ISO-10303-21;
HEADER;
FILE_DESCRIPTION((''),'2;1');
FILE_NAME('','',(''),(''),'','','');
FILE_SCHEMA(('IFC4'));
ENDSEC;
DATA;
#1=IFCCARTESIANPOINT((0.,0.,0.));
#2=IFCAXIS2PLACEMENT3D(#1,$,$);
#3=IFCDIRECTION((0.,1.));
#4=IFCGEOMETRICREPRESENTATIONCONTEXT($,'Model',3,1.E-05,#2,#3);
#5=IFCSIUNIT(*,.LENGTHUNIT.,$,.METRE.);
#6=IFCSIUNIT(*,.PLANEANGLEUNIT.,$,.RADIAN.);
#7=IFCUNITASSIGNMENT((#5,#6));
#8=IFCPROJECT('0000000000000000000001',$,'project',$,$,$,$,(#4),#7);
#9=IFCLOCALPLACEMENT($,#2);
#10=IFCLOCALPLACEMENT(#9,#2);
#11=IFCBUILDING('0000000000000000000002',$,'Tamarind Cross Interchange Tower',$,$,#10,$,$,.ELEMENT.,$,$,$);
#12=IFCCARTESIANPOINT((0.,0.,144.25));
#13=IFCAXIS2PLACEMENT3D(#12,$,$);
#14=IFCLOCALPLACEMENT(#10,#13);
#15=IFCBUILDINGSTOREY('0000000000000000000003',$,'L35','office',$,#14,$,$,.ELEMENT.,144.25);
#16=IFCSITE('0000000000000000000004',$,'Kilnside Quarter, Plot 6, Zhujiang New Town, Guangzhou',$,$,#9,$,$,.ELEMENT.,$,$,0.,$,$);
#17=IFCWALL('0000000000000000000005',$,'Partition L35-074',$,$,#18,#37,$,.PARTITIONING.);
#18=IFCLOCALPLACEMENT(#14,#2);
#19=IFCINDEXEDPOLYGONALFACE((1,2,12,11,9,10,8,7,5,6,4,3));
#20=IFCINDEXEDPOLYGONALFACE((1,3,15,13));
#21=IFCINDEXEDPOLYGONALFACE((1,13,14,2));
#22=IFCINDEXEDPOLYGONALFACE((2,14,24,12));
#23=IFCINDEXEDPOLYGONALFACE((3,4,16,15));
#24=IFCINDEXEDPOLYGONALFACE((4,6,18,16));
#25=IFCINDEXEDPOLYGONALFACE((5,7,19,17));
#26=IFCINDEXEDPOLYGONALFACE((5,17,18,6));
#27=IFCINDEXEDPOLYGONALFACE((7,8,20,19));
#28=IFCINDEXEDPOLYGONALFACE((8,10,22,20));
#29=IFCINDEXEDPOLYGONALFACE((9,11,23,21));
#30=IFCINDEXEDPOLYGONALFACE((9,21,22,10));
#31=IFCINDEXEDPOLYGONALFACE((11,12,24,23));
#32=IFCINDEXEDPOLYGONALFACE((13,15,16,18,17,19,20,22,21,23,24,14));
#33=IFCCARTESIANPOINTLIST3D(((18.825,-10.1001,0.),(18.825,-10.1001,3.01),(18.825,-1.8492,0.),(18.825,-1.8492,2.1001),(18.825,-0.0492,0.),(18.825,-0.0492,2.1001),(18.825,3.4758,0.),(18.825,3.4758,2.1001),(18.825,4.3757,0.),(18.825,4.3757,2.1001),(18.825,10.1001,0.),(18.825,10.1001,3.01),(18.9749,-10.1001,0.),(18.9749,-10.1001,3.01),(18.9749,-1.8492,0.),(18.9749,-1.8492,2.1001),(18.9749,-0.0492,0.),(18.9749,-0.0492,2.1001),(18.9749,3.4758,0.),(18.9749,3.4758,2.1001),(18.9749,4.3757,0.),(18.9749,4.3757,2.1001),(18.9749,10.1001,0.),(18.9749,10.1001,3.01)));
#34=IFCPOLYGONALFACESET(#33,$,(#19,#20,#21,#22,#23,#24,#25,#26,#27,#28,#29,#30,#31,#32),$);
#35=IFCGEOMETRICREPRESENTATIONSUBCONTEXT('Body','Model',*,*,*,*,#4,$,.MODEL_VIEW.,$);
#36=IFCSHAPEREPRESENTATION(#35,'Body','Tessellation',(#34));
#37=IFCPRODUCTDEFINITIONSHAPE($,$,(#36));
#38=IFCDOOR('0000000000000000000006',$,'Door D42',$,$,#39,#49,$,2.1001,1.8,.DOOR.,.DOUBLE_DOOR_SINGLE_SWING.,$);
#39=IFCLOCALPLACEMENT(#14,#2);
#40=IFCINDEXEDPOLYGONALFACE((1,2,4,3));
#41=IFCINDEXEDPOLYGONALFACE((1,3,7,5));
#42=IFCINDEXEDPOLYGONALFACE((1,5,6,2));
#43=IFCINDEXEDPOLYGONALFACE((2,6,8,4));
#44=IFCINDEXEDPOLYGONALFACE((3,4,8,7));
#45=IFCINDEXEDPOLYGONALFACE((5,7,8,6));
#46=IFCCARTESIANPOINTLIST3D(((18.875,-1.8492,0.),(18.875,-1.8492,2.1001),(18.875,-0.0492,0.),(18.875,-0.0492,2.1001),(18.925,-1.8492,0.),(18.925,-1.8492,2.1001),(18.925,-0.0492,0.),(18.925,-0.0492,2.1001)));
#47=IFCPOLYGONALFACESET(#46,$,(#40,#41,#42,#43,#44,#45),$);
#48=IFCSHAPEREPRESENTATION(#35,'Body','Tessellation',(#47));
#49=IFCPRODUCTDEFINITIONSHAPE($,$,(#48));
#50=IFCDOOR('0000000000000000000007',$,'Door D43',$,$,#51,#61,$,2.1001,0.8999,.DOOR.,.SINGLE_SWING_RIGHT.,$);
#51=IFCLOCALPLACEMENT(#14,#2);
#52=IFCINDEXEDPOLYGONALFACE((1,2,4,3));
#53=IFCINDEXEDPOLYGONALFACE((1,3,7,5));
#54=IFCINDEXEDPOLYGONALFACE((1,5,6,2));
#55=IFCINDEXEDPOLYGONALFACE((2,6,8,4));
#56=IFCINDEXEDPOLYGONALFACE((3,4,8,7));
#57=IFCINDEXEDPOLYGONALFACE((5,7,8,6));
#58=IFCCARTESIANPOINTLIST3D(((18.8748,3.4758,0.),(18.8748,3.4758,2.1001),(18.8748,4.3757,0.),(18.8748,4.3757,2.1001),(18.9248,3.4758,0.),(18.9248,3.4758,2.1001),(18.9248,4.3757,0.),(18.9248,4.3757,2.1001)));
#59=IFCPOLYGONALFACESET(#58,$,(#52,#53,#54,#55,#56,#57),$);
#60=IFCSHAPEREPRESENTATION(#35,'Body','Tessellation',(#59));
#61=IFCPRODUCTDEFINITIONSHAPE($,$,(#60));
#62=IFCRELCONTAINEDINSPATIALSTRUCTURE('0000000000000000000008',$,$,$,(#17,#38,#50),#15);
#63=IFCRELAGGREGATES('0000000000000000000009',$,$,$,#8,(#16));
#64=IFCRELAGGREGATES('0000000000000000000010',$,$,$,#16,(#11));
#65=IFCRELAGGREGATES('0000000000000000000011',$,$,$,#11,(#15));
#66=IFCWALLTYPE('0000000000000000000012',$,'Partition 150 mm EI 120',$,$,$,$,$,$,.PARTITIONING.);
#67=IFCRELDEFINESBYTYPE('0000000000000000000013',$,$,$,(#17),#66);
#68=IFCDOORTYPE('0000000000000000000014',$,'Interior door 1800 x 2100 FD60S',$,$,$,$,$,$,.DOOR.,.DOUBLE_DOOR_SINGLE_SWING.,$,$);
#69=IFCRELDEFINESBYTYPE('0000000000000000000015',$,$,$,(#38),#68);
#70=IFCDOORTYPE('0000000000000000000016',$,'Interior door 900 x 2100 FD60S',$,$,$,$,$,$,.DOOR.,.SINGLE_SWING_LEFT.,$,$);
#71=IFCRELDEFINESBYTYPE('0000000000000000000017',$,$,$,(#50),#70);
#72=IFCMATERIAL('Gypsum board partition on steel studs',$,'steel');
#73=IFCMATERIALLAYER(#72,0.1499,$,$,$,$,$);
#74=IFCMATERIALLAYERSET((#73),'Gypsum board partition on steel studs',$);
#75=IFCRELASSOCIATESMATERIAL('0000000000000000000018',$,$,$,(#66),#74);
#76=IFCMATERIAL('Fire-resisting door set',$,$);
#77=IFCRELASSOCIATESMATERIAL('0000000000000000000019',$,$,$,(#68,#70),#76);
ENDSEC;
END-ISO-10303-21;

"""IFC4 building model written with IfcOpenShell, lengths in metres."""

from ifc_helpers import new_model, si_unit, direction, frame, frame_2d, origin, place, context, subcontext, project, spatial, rectangle, extrude, material, layer, layer_set, type_object, element, fill, save


model = new_model("IFC4")

# Units and contexts
model_context = context("Model", 3, precision=1e-05, world=origin(), true_north=direction((0.0, 1.0)))
body_context = subcontext(model_context, "Body", "Model", "MODEL_VIEW")
ifc_project = project(units=[si_unit("LENGTHUNIT", "METRE"), si_unit("PLANEANGLEUNIT", "RADIAN")], contexts=[model_context])

# Site, building, storey
site_placement = place(None, origin())
site = spatial("IfcSite", under=ifc_project, at=site_placement, Name="Kilnside Quarter, Plot 6, Zhujiang New Town, Guangzhou", CompositionType="ELEMENT", RefElevation=0.0)
building_placement = place(site_placement, origin())
building = spatial("IfcBuilding", under=site, at=building_placement, Name="Tamarind Cross Interchange Tower", CompositionType="ELEMENT")
storey_placement = place(building_placement, frame((0.0, 0.0, 144.25)))
storey = spatial("IfcBuildingStorey", under=building, at=storey_placement, Name="L35", Description="office", CompositionType="ELEMENT", Elevation=144.25)

# Shared definitions
ifc_material_1 = material(Name="Gypsum board partition on steel studs", Category="steel")
ifc_layer_1 = layer(ifc_material_1, 0.1499)
ifc_layer_set_1 = layer_set([ifc_layer_1], Name="Gypsum board partition on steel studs")
wall_type_1 = type_object("IfcWallType", Name="Partition 150 mm EI 120", PredefinedType="PARTITIONING", material=ifc_layer_set_1)

# Wall, openings, doors
wall_1_placement = place(storey_placement, frame((18.8999, -10.1001, 0.0), z_axis=(0.0, 0.0, 1.0), x_axis=(0.0, 1.0, 0.0)))
wall_1 = element("IfcWall", 1, at=wall_1_placement, inside=storey, type_object=wall_type_1, Name="Partition L35-074", PredefinedType="PARTITIONING", context=body_context, shape_type="SweptSolid", body=[
    extrude(rectangle(XDim=20.2002, YDim=0.1499, at=frame_2d((10.1001, 0.0))), origin(), (0.0, 0.0, 1.0), 3.01),
])
opening_1_placement = place(wall_1_placement, frame((8.251, 0.0, 0.0)))
opening_1 = element("IfcOpeningElement", 2, at=opening_1_placement, cuts=wall_1, PredefinedType="OPENING", context=body_context, shape_type="SweptSolid", body=[
    extrude(rectangle(XDim=1.8, YDim=2.1001, at=frame_2d((0.8999, 1.05))), frame((0.0, 0.085, 0.0), z_axis=(0.0, -1.0, 0.0), x_axis=(1.0, 0.0, 0.0)), (0.0, 0.0, 1.0), 0.1699),
])
opening_2_placement = place(wall_1_placement, frame((13.5759, 0.0, 0.0)))
opening_2 = element("IfcOpeningElement", 3, at=opening_2_placement, cuts=wall_1, PredefinedType="OPENING", context=body_context, shape_type="SweptSolid", body=[
    extrude(rectangle(XDim=0.8999, YDim=2.1001, at=frame_2d((0.45, 1.05))), frame((0.0, 0.085, 0.0), z_axis=(0.0, -1.0, 0.0), x_axis=(1.0, 0.0, 0.0)), (0.0, 0.0, 1.0), 0.1699),
])
ifc_material_2 = material(Name="Fire-resisting door set")
door_type_1 = type_object("IfcDoorType", Name="Interior door 1800 x 2100 FD60S", OperationType="DOUBLE_DOOR_SINGLE_SWING", PredefinedType="DOOR", material=ifc_material_2)
door_1_placement = place(opening_1_placement, origin())
door_1 = element("IfcDoor", 4, at=door_1_placement, inside=storey, type_object=door_type_1, Name="Door D42", OperationType="DOUBLE_DOOR_SINGLE_SWING", OverallHeight=2.1001, OverallWidth=1.8, PredefinedType="DOOR", context=body_context, shape_type="SweptSolid", body=[
    extrude(rectangle(XDim=1.8, YDim=2.1001, at=frame_2d((0.8999, 1.05))), frame((0.0, 0.0249, 0.0), z_axis=(0.0, -1.0, 0.0), x_axis=(1.0, 0.0, 0.0)), (0.0, 0.0, 1.0), 0.05),
])
fill(opening_1, door_1)
door_type_2 = type_object("IfcDoorType", Name="Interior door 900 x 2100 FD60S", OperationType="SINGLE_SWING_LEFT", PredefinedType="DOOR", material=ifc_material_2)
door_2_placement = place(opening_2_placement, frame((0.8999, 0.0, 0.0), z_axis=(0.0, 0.0, 1.0), x_axis=(-1.0, 0.0, 0.0)))
door_2 = element("IfcDoor", 5, at=door_2_placement, inside=storey, type_object=door_type_2, Name="Door D43", OperationType="SINGLE_SWING_RIGHT", OverallHeight=2.1001, OverallWidth=0.8999, PredefinedType="DOOR", context=body_context, shape_type="SweptSolid", body=[
    extrude(rectangle(XDim=0.8999, YDim=2.1001, at=frame_2d((0.45, 1.05))), frame((0.0, 0.0249, 0.0), z_axis=(0.0, -1.0, 0.0), x_axis=(1.0, 0.0, 0.0)), (0.0, 0.0, 1.0), 0.05),
])
fill(opening_2, door_2)

save(model, "model.ifc")
